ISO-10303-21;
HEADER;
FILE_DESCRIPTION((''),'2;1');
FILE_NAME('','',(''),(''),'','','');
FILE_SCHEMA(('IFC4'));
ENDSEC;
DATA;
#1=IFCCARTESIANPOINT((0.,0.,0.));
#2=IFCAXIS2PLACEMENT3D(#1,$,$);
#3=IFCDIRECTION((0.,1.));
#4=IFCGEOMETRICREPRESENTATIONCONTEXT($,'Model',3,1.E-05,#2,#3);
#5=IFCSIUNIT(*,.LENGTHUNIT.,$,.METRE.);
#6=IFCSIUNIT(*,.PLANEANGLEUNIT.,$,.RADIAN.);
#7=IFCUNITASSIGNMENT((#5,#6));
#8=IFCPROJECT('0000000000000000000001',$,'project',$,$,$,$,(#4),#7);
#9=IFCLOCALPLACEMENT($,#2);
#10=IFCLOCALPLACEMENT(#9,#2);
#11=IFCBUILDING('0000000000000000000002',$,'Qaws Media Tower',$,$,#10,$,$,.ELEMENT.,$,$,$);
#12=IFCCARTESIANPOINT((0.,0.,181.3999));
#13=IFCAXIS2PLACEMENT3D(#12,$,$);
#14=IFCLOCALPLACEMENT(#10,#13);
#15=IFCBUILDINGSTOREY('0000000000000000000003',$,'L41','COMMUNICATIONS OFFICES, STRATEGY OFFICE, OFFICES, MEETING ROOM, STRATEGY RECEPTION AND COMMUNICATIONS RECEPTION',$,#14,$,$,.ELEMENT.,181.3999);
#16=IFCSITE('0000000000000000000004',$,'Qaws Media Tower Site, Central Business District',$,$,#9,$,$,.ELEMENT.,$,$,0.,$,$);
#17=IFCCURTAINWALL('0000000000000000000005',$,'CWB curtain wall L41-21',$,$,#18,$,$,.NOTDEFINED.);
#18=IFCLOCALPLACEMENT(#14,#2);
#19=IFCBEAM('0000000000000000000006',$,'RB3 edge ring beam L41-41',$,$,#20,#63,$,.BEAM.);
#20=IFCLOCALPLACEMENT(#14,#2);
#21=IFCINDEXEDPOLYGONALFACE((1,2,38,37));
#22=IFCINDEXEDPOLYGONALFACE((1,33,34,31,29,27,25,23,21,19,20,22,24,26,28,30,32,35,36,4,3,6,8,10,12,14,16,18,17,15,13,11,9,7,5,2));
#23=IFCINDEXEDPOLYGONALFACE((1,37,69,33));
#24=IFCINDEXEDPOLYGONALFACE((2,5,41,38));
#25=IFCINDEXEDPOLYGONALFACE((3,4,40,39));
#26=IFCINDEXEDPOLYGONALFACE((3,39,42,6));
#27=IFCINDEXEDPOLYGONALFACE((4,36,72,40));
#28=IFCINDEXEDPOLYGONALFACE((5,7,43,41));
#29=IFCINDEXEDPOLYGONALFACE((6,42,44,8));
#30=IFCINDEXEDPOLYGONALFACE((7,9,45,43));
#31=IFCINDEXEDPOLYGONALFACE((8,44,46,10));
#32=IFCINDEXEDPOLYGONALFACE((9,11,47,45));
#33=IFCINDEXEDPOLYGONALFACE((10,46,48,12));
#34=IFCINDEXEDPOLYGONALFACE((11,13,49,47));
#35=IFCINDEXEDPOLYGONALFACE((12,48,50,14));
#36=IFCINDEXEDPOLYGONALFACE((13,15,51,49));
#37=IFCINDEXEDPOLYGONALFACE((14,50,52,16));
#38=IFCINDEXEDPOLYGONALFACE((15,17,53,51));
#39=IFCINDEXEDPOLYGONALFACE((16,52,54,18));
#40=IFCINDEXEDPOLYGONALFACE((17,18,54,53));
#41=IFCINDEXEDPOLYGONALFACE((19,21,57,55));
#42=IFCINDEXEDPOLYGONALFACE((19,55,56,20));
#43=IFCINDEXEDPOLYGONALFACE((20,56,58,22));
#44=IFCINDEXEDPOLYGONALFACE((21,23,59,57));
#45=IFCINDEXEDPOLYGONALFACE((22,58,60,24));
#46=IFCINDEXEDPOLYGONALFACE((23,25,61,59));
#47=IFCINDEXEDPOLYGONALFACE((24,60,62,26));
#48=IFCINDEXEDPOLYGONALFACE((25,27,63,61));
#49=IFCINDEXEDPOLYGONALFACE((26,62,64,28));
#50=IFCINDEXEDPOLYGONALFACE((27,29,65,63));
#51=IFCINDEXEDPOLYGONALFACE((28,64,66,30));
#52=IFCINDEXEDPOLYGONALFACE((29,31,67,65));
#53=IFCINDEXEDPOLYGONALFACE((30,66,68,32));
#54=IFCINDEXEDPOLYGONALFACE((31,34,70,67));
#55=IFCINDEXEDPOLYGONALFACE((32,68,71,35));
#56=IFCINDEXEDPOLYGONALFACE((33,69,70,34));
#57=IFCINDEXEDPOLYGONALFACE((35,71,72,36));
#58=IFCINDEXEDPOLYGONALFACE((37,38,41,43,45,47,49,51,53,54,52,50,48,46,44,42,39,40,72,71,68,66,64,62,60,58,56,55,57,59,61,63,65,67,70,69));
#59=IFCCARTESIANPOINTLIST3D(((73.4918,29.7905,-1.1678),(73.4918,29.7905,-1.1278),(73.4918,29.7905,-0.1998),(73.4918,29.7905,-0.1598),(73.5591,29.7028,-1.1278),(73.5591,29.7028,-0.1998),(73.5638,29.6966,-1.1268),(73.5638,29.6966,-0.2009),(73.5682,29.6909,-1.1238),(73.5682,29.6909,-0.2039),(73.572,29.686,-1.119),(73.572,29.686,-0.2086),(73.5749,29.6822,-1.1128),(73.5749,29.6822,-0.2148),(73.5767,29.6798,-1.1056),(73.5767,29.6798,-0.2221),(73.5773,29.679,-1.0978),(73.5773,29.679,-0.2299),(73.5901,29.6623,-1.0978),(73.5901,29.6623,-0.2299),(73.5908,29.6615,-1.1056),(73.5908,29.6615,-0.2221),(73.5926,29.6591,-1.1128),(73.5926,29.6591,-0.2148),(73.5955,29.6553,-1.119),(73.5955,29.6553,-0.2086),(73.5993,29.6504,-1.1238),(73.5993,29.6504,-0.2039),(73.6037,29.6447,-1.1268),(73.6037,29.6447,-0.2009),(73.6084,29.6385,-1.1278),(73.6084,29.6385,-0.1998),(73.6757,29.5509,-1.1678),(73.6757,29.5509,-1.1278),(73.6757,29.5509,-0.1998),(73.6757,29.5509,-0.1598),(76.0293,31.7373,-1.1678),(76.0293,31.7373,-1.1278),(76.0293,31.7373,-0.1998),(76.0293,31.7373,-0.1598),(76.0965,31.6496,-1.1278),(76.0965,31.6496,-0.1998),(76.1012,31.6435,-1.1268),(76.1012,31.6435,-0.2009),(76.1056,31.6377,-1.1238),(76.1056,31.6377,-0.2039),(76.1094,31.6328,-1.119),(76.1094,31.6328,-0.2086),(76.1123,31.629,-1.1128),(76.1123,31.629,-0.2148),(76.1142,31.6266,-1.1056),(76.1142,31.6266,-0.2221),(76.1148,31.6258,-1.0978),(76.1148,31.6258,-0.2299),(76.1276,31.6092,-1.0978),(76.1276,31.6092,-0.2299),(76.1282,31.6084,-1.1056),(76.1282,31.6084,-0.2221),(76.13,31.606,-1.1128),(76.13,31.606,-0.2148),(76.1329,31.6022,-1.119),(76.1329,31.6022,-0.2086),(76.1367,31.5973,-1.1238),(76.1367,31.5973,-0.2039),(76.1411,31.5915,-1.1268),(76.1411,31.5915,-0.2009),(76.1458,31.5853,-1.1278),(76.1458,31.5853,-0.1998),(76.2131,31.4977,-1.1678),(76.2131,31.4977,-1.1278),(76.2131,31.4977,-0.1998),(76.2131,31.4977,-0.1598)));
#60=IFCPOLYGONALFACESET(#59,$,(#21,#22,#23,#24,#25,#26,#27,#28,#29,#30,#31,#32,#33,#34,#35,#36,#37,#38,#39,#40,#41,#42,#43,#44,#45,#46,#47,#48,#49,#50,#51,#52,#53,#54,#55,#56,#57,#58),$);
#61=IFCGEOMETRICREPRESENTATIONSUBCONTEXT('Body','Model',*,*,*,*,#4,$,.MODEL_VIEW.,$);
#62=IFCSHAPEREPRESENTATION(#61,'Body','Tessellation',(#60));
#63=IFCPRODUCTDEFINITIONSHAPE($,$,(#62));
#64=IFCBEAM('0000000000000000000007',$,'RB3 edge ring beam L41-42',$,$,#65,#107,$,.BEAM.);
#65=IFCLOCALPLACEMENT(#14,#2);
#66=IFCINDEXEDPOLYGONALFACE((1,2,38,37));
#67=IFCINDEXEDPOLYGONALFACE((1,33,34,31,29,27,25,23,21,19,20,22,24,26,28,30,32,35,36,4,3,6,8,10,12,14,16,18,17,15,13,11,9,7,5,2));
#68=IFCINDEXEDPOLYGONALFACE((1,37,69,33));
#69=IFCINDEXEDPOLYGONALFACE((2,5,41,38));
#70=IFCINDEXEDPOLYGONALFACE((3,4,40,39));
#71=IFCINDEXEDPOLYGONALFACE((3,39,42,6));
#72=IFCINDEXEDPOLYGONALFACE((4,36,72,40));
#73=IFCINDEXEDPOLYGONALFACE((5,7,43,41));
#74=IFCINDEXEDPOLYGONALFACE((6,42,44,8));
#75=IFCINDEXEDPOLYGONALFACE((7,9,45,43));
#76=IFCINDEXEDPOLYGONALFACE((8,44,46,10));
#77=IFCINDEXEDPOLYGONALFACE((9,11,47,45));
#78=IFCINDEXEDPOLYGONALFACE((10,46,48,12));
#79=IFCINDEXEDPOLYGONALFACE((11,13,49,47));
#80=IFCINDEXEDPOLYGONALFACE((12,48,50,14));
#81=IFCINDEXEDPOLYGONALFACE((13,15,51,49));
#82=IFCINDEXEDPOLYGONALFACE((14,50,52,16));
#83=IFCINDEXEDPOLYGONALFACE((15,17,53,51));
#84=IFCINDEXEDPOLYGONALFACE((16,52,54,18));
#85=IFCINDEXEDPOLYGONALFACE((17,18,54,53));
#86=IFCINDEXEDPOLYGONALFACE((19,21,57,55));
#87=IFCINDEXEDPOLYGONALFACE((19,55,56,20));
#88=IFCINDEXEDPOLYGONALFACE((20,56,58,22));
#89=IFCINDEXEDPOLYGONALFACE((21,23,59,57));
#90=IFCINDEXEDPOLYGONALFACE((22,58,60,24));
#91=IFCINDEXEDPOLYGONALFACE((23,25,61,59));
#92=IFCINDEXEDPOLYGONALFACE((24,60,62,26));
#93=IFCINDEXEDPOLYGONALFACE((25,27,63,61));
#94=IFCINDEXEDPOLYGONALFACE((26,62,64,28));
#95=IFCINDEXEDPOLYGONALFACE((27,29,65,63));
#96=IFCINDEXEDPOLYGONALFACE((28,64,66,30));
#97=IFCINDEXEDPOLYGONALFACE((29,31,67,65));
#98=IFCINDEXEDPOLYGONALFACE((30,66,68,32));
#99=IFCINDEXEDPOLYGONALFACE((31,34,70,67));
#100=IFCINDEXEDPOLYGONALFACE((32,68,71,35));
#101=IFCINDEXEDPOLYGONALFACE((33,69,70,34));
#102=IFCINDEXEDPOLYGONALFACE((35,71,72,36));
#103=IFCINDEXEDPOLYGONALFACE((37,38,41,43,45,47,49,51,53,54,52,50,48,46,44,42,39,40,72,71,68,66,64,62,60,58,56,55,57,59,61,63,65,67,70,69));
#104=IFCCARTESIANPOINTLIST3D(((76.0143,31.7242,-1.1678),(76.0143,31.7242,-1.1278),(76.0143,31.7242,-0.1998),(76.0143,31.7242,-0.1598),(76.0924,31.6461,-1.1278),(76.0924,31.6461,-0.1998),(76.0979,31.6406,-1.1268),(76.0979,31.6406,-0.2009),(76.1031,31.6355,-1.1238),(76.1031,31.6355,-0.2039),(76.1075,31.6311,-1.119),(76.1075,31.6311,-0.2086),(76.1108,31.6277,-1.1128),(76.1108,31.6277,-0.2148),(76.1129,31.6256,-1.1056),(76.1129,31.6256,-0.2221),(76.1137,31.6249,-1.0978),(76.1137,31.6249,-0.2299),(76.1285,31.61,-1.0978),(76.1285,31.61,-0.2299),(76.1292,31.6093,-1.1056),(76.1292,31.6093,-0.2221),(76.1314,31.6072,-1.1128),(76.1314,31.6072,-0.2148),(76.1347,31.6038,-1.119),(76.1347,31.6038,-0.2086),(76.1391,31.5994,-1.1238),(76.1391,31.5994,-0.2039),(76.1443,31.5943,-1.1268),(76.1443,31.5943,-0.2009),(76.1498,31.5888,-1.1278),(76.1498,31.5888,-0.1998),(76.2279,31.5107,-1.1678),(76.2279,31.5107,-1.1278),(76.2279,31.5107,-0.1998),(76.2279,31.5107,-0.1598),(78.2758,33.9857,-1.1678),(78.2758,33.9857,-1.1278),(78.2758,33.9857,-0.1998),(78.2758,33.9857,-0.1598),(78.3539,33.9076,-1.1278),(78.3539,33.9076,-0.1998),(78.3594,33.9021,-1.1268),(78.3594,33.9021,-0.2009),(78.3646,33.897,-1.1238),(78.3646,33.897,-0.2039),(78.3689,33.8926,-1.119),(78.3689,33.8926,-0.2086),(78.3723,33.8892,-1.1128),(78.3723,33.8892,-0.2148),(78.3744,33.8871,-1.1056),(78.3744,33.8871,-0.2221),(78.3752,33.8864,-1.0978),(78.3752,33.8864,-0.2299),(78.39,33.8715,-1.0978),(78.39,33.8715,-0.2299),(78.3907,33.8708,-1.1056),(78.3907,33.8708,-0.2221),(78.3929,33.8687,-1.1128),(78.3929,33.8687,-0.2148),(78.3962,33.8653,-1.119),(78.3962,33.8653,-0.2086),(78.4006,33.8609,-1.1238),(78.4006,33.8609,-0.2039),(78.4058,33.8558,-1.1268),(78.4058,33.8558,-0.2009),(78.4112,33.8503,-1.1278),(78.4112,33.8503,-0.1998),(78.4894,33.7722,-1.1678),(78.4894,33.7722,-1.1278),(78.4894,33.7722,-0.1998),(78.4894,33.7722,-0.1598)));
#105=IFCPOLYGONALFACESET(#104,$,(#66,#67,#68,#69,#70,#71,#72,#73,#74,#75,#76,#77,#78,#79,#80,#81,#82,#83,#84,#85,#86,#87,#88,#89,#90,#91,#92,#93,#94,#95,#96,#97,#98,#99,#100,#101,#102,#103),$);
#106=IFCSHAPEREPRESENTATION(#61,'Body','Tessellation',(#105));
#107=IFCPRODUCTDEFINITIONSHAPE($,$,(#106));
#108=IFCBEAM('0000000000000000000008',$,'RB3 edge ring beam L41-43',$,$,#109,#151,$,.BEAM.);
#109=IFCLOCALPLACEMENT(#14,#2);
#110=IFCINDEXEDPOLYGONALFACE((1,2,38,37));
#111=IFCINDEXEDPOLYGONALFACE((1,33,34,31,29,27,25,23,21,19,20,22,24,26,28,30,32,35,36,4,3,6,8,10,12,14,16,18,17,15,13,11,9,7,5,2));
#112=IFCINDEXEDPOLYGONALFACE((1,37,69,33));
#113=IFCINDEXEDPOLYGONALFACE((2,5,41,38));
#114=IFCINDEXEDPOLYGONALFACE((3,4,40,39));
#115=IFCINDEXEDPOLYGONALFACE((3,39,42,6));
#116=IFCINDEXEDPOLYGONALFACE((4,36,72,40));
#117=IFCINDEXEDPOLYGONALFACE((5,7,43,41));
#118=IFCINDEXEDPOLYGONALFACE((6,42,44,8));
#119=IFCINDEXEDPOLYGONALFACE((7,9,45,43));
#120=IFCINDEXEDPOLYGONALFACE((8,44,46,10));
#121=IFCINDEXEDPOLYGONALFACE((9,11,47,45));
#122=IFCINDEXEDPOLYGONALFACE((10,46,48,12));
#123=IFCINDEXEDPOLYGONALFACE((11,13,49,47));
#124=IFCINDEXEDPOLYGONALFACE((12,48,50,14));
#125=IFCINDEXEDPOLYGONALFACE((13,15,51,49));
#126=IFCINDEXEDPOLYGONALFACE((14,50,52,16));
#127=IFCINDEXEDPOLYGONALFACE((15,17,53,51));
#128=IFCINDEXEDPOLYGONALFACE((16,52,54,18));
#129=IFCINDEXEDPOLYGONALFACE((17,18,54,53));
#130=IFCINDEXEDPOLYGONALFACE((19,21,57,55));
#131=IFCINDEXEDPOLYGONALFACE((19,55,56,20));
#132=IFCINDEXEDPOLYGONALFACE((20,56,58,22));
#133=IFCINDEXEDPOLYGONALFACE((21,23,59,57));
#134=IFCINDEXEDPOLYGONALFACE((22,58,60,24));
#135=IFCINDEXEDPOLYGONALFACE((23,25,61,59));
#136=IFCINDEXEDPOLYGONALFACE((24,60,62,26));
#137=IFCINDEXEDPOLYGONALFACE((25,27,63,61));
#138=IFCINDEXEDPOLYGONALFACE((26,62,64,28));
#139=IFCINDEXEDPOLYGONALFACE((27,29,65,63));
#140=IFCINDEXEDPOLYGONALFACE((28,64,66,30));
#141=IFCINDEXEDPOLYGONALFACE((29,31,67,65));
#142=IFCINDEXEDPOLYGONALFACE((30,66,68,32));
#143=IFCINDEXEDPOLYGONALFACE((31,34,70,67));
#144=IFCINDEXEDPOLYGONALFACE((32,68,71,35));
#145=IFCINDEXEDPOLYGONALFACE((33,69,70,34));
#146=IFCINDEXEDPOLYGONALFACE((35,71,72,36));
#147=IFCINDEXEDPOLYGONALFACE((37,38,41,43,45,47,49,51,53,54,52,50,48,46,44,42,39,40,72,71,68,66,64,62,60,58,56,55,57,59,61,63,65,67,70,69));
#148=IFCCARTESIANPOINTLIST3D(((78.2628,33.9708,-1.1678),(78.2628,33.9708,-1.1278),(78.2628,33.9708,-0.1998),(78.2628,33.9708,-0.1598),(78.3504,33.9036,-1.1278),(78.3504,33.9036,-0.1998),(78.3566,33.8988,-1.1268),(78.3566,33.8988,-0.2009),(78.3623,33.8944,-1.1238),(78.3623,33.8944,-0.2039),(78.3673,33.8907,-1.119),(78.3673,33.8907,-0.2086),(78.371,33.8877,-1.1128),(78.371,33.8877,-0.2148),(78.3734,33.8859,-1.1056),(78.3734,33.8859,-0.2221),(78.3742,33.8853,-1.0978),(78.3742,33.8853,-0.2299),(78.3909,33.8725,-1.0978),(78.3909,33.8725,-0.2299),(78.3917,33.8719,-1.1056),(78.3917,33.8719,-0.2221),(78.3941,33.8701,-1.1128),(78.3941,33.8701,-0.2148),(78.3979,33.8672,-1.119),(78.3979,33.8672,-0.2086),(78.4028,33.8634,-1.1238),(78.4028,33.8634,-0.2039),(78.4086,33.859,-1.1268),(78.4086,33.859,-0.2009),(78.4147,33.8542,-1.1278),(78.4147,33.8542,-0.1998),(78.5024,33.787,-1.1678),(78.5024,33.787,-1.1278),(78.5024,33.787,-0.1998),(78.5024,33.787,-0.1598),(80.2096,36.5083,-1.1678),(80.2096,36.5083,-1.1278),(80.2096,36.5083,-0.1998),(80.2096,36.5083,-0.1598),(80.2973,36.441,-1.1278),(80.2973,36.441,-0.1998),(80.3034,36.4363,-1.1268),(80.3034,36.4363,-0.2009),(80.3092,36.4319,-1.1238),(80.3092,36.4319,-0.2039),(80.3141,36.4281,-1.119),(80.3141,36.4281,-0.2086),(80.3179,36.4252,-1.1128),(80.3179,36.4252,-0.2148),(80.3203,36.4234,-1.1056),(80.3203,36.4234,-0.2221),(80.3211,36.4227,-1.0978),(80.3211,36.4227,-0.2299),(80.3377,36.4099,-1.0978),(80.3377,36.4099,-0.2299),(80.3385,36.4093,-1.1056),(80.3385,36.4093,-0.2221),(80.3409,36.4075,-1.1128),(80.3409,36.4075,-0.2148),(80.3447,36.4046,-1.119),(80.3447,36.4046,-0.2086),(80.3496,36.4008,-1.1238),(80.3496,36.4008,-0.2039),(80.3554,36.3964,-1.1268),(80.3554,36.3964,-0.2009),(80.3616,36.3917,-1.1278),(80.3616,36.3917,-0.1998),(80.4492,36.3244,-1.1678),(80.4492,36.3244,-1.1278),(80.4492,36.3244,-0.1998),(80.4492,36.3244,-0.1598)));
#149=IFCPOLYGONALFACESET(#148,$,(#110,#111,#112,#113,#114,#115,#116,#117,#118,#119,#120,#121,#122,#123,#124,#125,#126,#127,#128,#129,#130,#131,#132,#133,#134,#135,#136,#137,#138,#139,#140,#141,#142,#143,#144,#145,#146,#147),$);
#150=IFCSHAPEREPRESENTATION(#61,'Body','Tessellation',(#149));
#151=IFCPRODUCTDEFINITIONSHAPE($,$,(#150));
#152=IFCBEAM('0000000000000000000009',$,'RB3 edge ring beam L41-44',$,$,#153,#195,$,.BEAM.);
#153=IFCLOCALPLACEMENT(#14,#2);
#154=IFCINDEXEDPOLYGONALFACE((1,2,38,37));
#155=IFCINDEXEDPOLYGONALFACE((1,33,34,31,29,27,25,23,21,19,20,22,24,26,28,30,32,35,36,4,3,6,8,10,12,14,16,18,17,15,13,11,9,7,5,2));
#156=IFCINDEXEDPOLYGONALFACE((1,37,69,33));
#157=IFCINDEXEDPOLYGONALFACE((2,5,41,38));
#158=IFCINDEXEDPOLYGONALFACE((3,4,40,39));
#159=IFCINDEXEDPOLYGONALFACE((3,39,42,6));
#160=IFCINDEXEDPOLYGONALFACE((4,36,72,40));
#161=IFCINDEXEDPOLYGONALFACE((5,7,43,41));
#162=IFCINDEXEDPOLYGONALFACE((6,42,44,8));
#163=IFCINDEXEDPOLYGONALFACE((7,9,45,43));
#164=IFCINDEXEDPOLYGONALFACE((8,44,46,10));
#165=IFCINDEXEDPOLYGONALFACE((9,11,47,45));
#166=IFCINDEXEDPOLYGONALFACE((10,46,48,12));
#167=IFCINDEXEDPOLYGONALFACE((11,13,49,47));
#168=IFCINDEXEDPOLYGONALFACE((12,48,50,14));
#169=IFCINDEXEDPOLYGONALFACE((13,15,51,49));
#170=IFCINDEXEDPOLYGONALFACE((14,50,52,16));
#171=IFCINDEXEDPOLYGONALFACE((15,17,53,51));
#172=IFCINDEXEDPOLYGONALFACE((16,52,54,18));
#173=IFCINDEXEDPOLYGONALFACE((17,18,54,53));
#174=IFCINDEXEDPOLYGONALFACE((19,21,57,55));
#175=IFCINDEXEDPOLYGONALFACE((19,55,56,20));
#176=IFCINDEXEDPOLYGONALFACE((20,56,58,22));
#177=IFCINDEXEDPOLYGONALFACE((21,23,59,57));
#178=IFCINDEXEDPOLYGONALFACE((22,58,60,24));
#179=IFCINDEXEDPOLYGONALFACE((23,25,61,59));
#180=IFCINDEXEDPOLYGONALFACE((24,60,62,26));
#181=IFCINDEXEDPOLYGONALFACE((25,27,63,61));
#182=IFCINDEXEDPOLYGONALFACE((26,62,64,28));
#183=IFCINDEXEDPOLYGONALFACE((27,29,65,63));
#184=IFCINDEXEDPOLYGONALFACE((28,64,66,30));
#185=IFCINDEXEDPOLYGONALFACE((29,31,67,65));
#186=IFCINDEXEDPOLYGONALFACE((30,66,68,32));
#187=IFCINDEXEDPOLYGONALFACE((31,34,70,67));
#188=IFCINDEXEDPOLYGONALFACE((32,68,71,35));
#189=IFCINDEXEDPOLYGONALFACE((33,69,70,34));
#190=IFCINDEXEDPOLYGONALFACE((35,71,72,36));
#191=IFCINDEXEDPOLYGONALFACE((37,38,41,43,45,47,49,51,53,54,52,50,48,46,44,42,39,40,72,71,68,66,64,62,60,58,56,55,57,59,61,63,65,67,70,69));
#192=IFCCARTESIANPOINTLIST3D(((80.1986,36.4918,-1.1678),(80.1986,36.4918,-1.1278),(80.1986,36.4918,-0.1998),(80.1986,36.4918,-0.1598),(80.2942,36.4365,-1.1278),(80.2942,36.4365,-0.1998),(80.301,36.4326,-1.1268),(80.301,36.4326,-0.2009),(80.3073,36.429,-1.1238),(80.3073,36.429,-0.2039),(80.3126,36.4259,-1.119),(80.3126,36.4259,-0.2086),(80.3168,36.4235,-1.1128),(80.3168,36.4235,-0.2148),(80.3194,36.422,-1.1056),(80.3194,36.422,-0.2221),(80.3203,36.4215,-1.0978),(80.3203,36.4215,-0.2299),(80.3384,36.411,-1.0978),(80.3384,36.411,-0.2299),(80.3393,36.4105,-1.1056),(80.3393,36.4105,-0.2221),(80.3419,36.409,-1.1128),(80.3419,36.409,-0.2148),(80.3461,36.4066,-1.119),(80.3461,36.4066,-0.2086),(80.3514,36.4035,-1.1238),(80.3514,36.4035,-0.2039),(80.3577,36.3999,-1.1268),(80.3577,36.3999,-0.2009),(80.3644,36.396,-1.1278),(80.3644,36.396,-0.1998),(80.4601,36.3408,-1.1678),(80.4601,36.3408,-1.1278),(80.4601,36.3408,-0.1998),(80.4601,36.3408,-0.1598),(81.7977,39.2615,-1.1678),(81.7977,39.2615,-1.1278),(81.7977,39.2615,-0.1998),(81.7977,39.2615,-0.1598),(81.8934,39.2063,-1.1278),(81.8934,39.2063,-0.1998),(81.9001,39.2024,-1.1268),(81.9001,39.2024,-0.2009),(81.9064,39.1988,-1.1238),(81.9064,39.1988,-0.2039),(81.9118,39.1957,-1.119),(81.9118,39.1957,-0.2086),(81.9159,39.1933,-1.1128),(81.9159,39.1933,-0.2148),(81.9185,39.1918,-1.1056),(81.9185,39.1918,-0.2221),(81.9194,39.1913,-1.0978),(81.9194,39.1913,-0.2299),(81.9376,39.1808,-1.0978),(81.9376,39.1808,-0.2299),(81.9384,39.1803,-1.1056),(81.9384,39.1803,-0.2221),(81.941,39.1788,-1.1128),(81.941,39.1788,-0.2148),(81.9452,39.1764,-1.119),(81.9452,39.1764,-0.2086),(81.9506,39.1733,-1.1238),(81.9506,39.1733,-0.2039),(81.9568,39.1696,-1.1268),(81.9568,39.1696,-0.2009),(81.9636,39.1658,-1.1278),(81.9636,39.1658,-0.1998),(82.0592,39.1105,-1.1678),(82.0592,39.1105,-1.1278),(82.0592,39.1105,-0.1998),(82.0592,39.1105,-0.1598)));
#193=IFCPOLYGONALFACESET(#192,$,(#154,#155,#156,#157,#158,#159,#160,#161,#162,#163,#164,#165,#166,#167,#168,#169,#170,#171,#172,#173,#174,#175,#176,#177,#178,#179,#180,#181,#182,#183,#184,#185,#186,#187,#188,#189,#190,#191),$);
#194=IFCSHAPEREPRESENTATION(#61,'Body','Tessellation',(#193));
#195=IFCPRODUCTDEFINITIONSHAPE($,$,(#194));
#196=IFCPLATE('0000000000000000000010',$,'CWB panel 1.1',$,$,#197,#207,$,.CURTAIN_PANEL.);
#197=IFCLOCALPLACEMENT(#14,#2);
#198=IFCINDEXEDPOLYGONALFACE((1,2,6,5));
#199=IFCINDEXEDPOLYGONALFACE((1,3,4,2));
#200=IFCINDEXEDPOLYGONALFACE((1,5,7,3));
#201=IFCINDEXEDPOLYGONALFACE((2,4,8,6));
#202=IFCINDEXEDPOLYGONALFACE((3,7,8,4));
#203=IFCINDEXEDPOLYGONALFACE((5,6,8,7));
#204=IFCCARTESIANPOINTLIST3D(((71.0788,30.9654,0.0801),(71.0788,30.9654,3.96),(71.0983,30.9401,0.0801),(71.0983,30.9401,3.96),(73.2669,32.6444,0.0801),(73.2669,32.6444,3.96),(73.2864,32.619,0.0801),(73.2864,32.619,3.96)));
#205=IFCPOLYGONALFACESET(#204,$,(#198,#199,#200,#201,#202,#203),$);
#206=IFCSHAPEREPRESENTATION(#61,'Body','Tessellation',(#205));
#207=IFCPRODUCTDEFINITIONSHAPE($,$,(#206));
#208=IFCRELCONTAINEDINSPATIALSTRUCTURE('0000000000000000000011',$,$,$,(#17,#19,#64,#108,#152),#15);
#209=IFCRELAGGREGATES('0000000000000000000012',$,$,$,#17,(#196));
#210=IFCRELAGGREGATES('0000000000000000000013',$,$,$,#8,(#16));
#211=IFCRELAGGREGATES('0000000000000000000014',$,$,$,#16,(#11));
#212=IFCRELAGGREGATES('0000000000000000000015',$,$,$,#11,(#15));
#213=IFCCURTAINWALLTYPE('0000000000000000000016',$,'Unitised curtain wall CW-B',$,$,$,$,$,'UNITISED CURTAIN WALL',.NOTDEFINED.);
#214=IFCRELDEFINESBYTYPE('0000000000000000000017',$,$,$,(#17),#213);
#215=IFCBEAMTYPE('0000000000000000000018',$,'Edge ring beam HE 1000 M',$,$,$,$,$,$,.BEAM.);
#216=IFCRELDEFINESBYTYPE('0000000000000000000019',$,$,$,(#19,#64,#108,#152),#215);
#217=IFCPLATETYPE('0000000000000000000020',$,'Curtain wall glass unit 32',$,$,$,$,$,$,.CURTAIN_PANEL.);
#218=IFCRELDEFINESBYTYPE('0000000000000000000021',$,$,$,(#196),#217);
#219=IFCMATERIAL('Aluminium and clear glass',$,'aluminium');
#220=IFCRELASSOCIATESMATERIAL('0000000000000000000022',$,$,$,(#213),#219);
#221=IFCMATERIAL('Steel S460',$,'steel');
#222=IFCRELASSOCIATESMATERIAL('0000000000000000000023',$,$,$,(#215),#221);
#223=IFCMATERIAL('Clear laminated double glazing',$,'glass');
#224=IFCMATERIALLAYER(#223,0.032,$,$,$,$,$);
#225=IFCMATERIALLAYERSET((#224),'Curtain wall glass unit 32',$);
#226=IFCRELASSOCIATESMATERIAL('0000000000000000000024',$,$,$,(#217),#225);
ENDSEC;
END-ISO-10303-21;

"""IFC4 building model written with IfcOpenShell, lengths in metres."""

from ifc_helpers import new_model, si_unit, direction, frame, origin, origin_2d, place, context, subcontext, project, spatial, rectangle, i_section, extrude, material, layer, layer_set, material_profile, profile_set, type_object, element, aggregate, save


model = new_model("IFC4")

# Units and contexts
model_context = context("Model", 3, precision=1e-05, world=origin(), true_north=direction((0.0, 1.0)))
body_context = subcontext(model_context, "Body", "Model", "MODEL_VIEW")
ifc_project = project(units=[si_unit("LENGTHUNIT", "METRE"), si_unit("PLANEANGLEUNIT", "RADIAN")], contexts=[model_context])

# Site, building, storey
site_placement = place(None, origin())
site = spatial("IfcSite", under=ifc_project, at=site_placement, Name="Qaws Media Tower Site, Central Business District", CompositionType="ELEMENT", RefElevation=0.0)
building_placement = place(site_placement, origin())
building = spatial("IfcBuilding", under=site, at=building_placement, Name="Qaws Media Tower", CompositionType="ELEMENT")
storey_placement = place(building_placement, frame((0.0, 0.0, 181.3999)))
storey = spatial("IfcBuildingStorey", under=building, at=storey_placement, Name="L41", Description="COMMUNICATIONS OFFICES, STRATEGY OFFICE, OFFICES, MEETING ROOM, STRATEGY RECEPTION AND COMMUNICATIONS RECEPTION", CompositionType="ELEMENT", Elevation=181.3999)

# Curtain wall
ifc_material_1 = material(Name="Aluminium and clear glass", Category="aluminium")
curtain_wall_type = type_object("IfcCurtainWallType", Name="Unitised curtain wall CW-B", ElementType="UNITISED CURTAIN WALL", PredefinedType="NOTDEFINED", material=ifc_material_1)
curtain_wall_1_placement = place(storey_placement, origin())
curtain_wall_1 = element("IfcCurtainWall", 1, at=curtain_wall_1_placement, inside=storey, type_object=curtain_wall_type, Name="CWB curtain wall L41-21", PredefinedType="NOTDEFINED")

# Beams
ifc_material_2 = material(Name="Steel S460", Category="steel")
ifc_material_profile_1 = material_profile(ifc_material_2, i_section(OverallWidth=0.302, OverallDepth=1.0081, WebThickness=0.021, FlangeThickness=0.04, FilletRadius=0.03, at=origin_2d()), Name="HE 1000 M")
ifc_profile_set_1 = profile_set([ifc_material_profile_1], Name="Steel S460")
beam_type = type_object("IfcBeamType", Name="Edge ring beam HE 1000 M", PredefinedType="BEAM", material=ifc_profile_set_1)
for number, where, z_axis, x_axis, name in (
    (2, (73.5837, 29.6707, -0.6638), (0.793384, 0.608722, 0.0), (-0.608722, 0.793384, 0.0), "RB3 edge ring beam L41-41"),
    (3, (76.1211, 31.6174, -0.6638), (0.707107, 0.707107, 0.0), (-0.707107, 0.707107, 0.0), "RB3 edge ring beam L41-42"),
    (4, (78.3826, 33.8789, -0.6638), (0.608722, 0.793384, 0.0), (-0.793384, 0.608722, 0.0), "RB3 edge ring beam L41-43"),
    (5, (80.3293, 36.4163, -0.6638), (0.499998, 0.866027, 0.0), (-0.866027, 0.499998, 0.0), "RB3 edge ring beam L41-44"),
):
    element("IfcBeam", number, at=place(storey_placement, frame(where, z_axis=z_axis, x_axis=x_axis)), inside=storey, type_object=beam_type, Name=name, PredefinedType="BEAM", context=body_context, shape_type="SweptSolid", body=[
        extrude(i_section(OverallWidth=0.302, OverallDepth=1.0081, WebThickness=0.021, FlangeThickness=0.04, FilletRadius=0.03, at=origin_2d()), origin(), (0.0, 0.0, 1.0), 3.1982),
    ])

# Plate
ifc_material_3 = material(Name="Clear laminated double glazing", Category="glass")
ifc_layer_1 = layer(ifc_material_3, 0.032)
ifc_layer_set_1 = layer_set([ifc_layer_1], Name="Curtain wall glass unit 32")
plate_type_1 = type_object("IfcPlateType", Name="Curtain wall glass unit 32", PredefinedType="CURTAIN_PANEL", material=ifc_layer_set_1)
plate_1_placement = place(storey_placement, frame((72.1826, 31.7922, 0.0801), z_axis=(0.0, 0.0, 1.0), x_axis=(0.793353, 0.608761, 0.0)))
plate_1 = element("IfcPlate", 6, at=plate_1_placement, type_object=plate_type_1, Name="CWB panel 1.1", PredefinedType="CURTAIN_PANEL", context=body_context, shape_type="SweptSolid", body=[
    extrude(rectangle(XDim=2.7581, YDim=0.032, at=origin_2d()), origin(), (0.0, 0.0, 1.0), 3.8799),
])
aggregate(curtain_wall_1, [plate_1])

save(model, "model.ifc")
